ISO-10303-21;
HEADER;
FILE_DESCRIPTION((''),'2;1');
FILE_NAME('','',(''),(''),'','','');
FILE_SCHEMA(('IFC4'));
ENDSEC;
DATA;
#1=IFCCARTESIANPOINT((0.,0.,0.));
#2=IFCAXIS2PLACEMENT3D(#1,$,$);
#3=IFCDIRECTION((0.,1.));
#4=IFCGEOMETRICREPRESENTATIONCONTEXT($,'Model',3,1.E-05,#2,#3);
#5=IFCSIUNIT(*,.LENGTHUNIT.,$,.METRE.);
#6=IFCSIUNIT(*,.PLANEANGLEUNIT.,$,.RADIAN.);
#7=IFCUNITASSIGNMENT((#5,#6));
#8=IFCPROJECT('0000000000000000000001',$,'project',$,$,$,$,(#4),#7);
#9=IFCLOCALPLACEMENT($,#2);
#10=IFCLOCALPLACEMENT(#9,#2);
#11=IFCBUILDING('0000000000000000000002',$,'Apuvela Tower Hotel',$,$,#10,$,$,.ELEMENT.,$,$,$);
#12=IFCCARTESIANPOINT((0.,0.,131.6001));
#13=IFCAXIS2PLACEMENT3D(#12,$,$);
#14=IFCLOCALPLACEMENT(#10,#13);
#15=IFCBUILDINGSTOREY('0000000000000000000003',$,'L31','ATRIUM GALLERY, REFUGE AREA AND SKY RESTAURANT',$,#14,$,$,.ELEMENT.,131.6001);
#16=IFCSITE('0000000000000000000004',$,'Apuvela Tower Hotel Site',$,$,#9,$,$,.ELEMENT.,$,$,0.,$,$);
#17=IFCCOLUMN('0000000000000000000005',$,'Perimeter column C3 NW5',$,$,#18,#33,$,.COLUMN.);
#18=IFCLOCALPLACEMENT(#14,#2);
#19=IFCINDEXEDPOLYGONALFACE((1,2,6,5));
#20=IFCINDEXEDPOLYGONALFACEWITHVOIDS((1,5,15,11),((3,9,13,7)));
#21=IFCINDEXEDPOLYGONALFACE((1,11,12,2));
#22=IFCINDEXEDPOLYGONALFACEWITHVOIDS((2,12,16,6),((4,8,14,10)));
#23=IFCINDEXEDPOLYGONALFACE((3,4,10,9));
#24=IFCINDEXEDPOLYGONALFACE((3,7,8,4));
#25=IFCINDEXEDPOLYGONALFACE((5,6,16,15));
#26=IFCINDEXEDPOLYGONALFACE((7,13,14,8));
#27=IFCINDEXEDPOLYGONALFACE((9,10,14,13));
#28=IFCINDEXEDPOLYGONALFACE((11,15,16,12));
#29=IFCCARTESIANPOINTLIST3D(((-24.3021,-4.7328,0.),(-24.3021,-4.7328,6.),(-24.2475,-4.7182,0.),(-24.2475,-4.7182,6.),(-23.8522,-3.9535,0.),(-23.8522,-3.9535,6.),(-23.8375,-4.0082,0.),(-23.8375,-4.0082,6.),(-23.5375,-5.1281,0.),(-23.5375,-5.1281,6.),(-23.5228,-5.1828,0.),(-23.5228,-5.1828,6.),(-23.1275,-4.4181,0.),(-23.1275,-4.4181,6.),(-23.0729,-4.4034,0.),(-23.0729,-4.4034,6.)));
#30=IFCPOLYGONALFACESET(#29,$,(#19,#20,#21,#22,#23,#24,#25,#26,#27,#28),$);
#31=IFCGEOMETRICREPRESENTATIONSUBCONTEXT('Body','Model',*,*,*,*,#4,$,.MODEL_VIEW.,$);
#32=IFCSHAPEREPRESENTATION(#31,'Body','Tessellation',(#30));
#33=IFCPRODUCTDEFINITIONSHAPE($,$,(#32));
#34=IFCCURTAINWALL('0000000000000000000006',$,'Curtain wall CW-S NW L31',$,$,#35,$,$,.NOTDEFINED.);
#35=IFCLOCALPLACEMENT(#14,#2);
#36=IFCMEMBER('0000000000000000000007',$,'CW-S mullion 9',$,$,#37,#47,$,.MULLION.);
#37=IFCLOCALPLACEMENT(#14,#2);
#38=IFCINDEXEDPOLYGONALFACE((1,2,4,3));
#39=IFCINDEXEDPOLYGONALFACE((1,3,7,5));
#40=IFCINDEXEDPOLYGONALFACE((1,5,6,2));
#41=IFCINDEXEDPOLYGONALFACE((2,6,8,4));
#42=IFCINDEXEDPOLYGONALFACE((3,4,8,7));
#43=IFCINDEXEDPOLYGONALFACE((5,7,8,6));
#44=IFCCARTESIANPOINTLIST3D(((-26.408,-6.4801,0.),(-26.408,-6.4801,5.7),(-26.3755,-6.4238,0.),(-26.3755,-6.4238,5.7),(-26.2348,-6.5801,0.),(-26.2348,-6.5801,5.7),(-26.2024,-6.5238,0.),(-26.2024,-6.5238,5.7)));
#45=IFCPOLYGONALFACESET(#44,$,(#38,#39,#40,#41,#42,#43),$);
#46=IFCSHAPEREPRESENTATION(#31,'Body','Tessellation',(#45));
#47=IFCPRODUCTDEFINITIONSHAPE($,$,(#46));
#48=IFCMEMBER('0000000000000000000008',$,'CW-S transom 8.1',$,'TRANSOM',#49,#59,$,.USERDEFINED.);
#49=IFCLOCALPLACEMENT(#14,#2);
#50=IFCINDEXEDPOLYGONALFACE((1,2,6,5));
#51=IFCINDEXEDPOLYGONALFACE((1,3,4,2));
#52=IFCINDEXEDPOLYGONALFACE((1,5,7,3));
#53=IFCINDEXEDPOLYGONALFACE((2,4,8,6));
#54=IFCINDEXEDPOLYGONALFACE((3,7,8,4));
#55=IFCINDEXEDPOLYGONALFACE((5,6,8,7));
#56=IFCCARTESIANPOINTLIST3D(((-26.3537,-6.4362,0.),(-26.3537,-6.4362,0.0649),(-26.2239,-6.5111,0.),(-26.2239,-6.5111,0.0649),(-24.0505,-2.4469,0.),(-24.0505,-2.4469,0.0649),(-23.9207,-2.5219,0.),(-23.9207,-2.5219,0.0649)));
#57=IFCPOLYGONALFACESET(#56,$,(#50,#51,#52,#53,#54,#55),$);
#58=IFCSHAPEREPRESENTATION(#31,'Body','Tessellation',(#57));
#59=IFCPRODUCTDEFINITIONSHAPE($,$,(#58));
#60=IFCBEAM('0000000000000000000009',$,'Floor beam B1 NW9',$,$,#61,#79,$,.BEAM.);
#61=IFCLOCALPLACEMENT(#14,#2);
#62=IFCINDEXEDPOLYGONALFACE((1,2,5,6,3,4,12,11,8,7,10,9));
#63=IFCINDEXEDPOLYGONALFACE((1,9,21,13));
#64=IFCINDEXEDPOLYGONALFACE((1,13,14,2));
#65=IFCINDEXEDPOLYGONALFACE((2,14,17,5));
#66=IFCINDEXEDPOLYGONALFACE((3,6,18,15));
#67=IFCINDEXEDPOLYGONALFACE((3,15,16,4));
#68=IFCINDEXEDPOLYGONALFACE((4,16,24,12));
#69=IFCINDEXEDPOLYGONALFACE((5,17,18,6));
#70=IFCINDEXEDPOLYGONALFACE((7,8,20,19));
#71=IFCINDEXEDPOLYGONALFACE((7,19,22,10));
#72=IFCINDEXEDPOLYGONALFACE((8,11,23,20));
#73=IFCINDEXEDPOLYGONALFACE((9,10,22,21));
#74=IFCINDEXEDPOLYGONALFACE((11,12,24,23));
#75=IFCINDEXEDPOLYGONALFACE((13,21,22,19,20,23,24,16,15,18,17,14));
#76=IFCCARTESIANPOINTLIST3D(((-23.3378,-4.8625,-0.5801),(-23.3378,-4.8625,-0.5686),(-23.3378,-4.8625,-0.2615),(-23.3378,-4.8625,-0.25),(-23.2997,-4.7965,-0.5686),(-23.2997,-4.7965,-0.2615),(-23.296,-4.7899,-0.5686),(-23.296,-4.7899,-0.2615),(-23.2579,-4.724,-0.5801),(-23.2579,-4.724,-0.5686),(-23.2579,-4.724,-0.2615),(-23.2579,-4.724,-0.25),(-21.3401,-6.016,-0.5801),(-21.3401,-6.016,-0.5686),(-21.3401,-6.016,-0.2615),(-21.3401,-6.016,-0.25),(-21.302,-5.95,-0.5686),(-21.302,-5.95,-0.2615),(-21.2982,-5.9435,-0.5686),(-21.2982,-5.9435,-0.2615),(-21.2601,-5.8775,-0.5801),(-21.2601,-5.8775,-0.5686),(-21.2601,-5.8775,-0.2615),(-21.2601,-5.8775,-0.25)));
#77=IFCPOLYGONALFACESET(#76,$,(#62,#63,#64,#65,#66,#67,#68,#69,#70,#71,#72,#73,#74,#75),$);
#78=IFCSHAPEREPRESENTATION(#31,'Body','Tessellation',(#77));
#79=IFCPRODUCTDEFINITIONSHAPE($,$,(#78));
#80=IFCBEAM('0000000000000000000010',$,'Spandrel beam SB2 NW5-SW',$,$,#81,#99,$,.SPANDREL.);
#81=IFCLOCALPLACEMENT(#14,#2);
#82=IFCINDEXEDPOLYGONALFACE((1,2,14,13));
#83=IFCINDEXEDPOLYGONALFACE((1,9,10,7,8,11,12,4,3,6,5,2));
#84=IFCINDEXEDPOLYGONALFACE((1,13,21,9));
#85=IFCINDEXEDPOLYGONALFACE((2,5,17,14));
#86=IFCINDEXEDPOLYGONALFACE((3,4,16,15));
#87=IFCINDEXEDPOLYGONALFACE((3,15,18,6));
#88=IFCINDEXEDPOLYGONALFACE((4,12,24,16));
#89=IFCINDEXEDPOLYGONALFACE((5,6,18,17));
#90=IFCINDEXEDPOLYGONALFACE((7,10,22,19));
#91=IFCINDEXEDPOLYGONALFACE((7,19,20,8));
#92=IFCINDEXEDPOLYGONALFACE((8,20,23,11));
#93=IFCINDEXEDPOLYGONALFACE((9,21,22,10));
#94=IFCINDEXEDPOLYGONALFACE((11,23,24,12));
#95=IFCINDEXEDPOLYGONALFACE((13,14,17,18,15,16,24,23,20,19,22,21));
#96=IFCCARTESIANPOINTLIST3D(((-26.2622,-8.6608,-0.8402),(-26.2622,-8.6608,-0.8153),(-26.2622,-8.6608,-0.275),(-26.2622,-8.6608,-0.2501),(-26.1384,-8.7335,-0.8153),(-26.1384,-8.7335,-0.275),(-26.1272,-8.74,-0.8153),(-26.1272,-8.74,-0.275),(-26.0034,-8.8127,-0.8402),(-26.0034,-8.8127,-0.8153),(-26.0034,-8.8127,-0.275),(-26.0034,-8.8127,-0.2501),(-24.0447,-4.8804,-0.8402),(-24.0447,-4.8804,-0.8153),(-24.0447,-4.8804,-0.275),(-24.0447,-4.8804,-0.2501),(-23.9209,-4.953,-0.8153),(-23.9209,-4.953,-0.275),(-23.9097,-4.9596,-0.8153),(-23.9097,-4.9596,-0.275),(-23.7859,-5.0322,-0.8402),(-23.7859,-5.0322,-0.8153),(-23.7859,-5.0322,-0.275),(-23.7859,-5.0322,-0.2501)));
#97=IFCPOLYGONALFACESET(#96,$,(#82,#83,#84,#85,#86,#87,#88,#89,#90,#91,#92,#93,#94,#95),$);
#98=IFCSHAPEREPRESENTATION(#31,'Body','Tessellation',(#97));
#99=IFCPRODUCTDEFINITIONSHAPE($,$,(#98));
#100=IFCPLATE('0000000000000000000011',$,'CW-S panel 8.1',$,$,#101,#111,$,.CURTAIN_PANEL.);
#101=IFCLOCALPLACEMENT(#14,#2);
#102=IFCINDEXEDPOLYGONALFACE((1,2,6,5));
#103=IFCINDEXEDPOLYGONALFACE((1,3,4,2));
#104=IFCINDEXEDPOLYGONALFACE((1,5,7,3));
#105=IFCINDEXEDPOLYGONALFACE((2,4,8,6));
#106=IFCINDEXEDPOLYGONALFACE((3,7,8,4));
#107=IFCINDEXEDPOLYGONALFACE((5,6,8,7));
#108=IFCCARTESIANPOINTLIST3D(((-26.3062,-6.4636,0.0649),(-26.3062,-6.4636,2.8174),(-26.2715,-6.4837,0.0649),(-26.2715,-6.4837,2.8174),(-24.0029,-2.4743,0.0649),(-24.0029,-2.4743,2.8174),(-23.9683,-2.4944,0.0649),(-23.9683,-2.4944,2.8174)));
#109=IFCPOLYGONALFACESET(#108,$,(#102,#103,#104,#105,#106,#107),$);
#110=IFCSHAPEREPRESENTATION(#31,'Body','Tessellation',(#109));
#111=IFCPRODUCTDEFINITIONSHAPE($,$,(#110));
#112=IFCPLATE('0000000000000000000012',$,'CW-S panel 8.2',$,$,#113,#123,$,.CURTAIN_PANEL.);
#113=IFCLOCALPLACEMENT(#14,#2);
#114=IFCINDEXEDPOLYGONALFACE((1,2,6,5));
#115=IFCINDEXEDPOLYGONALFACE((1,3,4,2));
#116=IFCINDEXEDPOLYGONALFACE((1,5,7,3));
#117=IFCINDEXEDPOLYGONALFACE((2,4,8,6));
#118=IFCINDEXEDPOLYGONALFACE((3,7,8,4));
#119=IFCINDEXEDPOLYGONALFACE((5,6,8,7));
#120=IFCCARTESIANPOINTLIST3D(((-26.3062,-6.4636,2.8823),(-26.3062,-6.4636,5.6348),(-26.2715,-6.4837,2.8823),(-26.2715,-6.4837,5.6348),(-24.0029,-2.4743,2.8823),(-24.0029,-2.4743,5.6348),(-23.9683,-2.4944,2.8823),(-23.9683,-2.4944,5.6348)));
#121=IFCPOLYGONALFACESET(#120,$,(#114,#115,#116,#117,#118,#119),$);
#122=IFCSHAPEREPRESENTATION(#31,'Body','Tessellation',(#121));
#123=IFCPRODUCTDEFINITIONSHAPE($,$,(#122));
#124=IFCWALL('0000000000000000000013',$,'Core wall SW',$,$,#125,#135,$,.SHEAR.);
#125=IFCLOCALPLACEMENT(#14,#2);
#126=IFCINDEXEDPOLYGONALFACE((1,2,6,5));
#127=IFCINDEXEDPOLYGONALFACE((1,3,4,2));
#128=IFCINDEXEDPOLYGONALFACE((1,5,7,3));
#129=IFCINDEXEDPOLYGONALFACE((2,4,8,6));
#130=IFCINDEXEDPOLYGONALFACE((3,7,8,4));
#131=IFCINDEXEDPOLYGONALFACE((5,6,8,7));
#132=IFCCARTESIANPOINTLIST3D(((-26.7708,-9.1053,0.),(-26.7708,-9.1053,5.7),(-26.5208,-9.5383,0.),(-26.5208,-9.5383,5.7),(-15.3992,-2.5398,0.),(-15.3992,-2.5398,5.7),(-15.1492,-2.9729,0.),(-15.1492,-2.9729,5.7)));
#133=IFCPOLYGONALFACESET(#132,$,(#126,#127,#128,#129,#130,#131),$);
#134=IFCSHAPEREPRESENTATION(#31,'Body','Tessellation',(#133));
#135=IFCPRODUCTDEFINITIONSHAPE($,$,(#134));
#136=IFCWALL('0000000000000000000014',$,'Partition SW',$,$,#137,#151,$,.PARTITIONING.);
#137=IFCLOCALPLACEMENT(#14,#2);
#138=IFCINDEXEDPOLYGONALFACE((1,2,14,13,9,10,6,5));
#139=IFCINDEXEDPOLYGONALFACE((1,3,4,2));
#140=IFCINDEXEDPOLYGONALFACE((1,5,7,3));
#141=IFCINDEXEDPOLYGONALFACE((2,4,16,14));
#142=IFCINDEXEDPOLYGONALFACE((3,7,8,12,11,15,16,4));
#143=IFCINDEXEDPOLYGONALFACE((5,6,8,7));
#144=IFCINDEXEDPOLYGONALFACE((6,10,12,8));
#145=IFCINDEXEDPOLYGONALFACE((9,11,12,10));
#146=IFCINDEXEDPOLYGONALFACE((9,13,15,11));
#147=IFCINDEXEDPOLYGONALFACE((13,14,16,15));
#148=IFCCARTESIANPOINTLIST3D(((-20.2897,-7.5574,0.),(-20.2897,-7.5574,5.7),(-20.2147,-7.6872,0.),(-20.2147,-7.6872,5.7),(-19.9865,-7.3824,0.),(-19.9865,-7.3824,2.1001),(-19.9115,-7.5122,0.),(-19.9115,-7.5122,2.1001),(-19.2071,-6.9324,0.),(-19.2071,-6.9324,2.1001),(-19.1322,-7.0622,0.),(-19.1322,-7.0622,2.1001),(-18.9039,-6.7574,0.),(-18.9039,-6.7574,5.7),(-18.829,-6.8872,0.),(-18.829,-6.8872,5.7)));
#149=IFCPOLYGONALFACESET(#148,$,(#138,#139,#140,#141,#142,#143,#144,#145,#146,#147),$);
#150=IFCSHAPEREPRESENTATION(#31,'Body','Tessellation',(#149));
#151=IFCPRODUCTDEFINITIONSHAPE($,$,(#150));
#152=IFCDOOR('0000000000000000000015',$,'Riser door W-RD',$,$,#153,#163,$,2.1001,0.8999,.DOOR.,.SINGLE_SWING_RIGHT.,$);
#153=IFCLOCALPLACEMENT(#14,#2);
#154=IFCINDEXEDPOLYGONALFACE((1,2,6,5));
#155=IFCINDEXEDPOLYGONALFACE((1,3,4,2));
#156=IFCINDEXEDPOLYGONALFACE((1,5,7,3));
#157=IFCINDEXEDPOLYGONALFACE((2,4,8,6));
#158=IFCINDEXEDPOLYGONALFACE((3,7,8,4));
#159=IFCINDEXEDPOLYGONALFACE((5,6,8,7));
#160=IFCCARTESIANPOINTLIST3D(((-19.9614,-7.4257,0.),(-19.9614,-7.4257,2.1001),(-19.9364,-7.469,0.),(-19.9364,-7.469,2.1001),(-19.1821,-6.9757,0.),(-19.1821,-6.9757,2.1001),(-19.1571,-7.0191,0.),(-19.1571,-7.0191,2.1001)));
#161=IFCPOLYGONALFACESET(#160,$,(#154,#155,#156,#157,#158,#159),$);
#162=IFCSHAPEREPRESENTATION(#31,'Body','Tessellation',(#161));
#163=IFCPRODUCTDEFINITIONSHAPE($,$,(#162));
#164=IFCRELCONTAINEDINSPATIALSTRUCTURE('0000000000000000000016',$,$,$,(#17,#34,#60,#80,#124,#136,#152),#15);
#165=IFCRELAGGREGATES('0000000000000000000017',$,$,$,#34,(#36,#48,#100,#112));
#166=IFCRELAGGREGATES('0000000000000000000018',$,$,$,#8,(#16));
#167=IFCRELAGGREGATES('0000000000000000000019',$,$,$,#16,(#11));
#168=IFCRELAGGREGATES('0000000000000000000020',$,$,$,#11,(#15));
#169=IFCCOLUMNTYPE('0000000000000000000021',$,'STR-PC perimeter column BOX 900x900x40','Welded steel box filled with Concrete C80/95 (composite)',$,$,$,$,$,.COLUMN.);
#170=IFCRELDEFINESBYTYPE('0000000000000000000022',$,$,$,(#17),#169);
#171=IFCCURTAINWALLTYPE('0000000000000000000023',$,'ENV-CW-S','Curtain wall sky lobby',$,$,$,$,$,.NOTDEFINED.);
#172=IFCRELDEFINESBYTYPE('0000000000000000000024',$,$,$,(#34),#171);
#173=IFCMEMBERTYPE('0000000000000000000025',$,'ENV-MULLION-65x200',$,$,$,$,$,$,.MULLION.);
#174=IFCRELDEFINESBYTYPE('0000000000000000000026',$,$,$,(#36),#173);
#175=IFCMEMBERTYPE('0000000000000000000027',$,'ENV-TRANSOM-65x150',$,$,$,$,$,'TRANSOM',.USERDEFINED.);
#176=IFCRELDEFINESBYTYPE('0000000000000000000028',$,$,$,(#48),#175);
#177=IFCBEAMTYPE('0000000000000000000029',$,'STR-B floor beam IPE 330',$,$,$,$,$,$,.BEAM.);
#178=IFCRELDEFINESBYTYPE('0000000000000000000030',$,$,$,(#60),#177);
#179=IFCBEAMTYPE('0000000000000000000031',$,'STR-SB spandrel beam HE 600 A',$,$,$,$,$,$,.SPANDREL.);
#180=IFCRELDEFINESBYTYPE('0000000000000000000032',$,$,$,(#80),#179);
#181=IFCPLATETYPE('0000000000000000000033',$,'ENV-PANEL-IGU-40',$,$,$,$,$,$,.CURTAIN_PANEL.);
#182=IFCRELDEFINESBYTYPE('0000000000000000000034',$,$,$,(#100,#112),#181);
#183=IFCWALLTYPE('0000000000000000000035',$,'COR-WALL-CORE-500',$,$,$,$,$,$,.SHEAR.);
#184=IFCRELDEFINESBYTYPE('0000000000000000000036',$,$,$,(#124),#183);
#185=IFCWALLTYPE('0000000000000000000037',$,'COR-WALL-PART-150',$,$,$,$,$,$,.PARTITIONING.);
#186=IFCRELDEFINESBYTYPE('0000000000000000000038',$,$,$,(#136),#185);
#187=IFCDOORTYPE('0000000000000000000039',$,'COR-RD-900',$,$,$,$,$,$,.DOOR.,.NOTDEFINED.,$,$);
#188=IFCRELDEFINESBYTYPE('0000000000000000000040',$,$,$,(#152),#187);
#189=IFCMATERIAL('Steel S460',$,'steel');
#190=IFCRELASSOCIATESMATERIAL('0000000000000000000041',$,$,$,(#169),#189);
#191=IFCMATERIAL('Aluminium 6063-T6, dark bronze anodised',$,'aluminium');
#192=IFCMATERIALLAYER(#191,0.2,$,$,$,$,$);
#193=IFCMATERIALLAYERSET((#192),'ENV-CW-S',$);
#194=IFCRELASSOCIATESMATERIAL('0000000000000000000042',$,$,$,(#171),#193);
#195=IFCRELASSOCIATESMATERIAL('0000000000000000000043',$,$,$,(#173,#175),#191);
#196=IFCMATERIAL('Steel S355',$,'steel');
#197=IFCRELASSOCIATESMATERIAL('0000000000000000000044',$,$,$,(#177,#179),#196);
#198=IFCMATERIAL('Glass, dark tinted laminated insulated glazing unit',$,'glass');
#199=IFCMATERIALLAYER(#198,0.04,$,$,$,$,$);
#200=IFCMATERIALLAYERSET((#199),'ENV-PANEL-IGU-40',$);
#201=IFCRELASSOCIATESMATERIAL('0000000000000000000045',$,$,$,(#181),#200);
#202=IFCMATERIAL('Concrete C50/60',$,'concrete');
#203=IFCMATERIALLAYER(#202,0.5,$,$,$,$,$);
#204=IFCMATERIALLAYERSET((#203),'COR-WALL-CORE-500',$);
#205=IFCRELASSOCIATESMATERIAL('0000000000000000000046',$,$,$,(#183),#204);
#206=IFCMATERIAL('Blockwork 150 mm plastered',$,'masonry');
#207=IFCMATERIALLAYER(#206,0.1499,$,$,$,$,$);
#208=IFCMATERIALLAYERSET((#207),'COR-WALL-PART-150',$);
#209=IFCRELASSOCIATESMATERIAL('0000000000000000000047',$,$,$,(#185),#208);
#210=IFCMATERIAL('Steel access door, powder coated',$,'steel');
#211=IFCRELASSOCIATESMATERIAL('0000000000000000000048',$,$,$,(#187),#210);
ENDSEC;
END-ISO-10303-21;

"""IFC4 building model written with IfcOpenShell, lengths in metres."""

from ifc_helpers import new_model, si_unit, direction, frame, frame_2d, origin, origin_2d, place, context, subcontext, project, spatial, rectangle, hollow_rectangle, i_section, extrude, material, layer, layer_set, material_profile, profile_set, type_object, element, fill, aggregate, save


model = new_model("IFC4")

# Units and contexts
model_context = context("Model", 3, precision=1e-05, world=origin(), true_north=direction((0.0, 1.0)))
body_context = subcontext(model_context, "Body", "Model", "MODEL_VIEW")
ifc_project = project(units=[si_unit("LENGTHUNIT", "METRE"), si_unit("PLANEANGLEUNIT", "RADIAN")], contexts=[model_context])

# Site, building, storey
site_placement = place(None, origin())
site = spatial("IfcSite", under=ifc_project, at=site_placement, Name="Apuvela Tower Hotel Site", CompositionType="ELEMENT", RefElevation=0.0)
building_placement = place(site_placement, origin())
building = spatial("IfcBuilding", under=site, at=building_placement, Name="Apuvela Tower Hotel", CompositionType="ELEMENT")
storey_placement = place(building_placement, frame((0.0, 0.0, 131.6001)))
storey = spatial("IfcBuildingStorey", under=building, at=storey_placement, Name="L31", Description="ATRIUM GALLERY, REFUGE AREA AND SKY RESTAURANT", CompositionType="ELEMENT", Elevation=131.6001)

# Column
ifc_material_1 = material(Name="Steel S460", Category="steel")
ifc_material_profile_1 = material_profile(ifc_material_1, hollow_rectangle(XDim=0.8999, YDim=0.8999, WallThickness=0.04, at=origin_2d()), Name="BOX 900x900x40")
ifc_material_2 = material(Name="Concrete C80/95", Category="concrete")
ifc_material_profile_2 = material_profile(ifc_material_2, rectangle(XDim=0.8201, YDim=0.8201, at=origin_2d()), Name="Concrete C80/95 infill")
ifc_profile_set_1 = profile_set([ifc_material_profile_1, ifc_material_profile_2], Name="Steel S460")
column_type = type_object("IfcColumnType", Name="STR-PC perimeter column BOX 900x900x40", Description="Welded steel box filled with Concrete C80/95 (composite)", PredefinedType="COLUMN", material=ifc_profile_set_1)
column_placement = place(storey_placement, frame((-23.6875, -4.5681, 0.0), z_axis=(0.0, 0.0, 1.0), x_axis=(0.5, 0.866025, 0.0)))
element("IfcColumn", 1, at=column_placement, inside=storey, type_object=column_type, Name="Perimeter column C3 NW5", PredefinedType="COLUMN", context=body_context, shape_type="SweptSolid", body=[
    extrude(hollow_rectangle(XDim=0.8999, YDim=0.8999, WallThickness=0.04, at=origin_2d()), origin(), (0.0, 0.0, 1.0), 6.0),
])

# Curtain wall, members
ifc_material_3 = material(Name="Aluminium 6063-T6, dark bronze anodised", Category="aluminium")
ifc_layer_1 = layer(ifc_material_3, 0.2)
ifc_layer_set_1 = layer_set([ifc_layer_1], Name="ENV-CW-S")
curtain_wall_type = type_object("IfcCurtainWallType", Name="ENV-CW-S", Description="Curtain wall sky lobby", PredefinedType="NOTDEFINED", material=ifc_layer_set_1)
curtain_wall_placement = place(storey_placement, origin())
curtain_wall = element("IfcCurtainWall", 2, at=curtain_wall_placement, inside=storey, type_object=curtain_wall_type, Name="Curtain wall CW-S NW L31", PredefinedType="NOTDEFINED")
ifc_material_profile_3 = material_profile(ifc_material_3, rectangle(XDim=0.2, YDim=0.0649, at=origin_2d()), Name="AL 65x200")
ifc_profile_set_2 = profile_set([ifc_material_profile_3], Name="Aluminium 6063-T6, dark bronze anodised")
member_type_1 = type_object("IfcMemberType", Name="ENV-MULLION-65x200", PredefinedType="MULLION", material=ifc_profile_set_2)
member_1_placement = place(storey_placement, frame((-26.3052, -6.502, 0.0), z_axis=(0.0, 0.0, 1.0), x_axis=(0.866026, -0.499999, 0.0)))
member_1 = element("IfcMember", 3, at=member_1_placement, type_object=member_type_1, Name="CW-S mullion 9", PredefinedType="MULLION", context=body_context, shape_type="SweptSolid", body=[
    extrude(rectangle(XDim=0.2, YDim=0.0649, at=origin_2d()), origin(), (0.0, 0.0, 1.0), 5.7),
])
ifc_material_profile_4 = material_profile(ifc_material_3, rectangle(XDim=0.1499, YDim=0.0649, at=origin_2d()), Name="AL 65x150 transom")
ifc_profile_set_3 = profile_set([ifc_material_profile_4], Name="Aluminium 6063-T6, dark bronze anodised")
member_type_2 = type_object("IfcMemberType", Name="ENV-TRANSOM-65x150", ElementType="TRANSOM", PredefinedType="USERDEFINED", material=ifc_profile_set_3)
member_2_placement = place(storey_placement, frame((-23.9856, -2.4844, 0.0325), z_axis=(-0.500004, -0.866023, 0.0), x_axis=(0.866023, -0.500004, 0.0)))
member_2 = element("IfcMember", 4, at=member_2_placement, type_object=member_type_2, Name="CW-S transom 8.1", ObjectType="TRANSOM", PredefinedType="USERDEFINED", context=body_context, shape_type="SweptSolid", body=[
    extrude(rectangle(XDim=0.1499, YDim=0.0649, at=origin_2d()), origin(), (0.0, 0.0, 1.0), 4.6064),
])

# Beams
ifc_material_4 = material(Name="Steel S355", Category="steel")
ifc_material_profile_5 = material_profile(ifc_material_4, i_section(OverallWidth=0.1599, OverallDepth=0.3301, WebThickness=0.0076, FlangeThickness=0.0115, at=origin_2d()), Name="IPE 330")
ifc_profile_set_4 = profile_set([ifc_material_profile_5], Name="Steel S355")
beam_type_1 = type_object("IfcBeamType", Name="STR-B floor beam IPE 330", PredefinedType="BEAM", material=ifc_profile_set_4)
beam_1_placement = place(storey_placement, frame((-23.2979, -4.7932, -0.415), z_axis=(0.866001, -0.500043, 0.0), x_axis=(0.500043, 0.866001, 0.0)))
element("IfcBeam", 5, at=beam_1_placement, inside=storey, type_object=beam_type_1, Name="Floor beam B1 NW9", PredefinedType="BEAM", context=body_context, shape_type="SweptSolid", body=[
    extrude(i_section(OverallWidth=0.1599, OverallDepth=0.3301, WebThickness=0.0076, FlangeThickness=0.0115, at=origin_2d()), origin(), (0.0, 0.0, 1.0), 2.3069),
])
ifc_material_profile_6 = material_profile(ifc_material_4, i_section(OverallWidth=0.3, OverallDepth=0.5901, WebThickness=0.0129, FlangeThickness=0.0249, at=origin_2d()), Name="HE 600 A")
ifc_profile_set_5 = profile_set([ifc_material_profile_6], Name="Steel S355")
beam_type_2 = type_object("IfcBeamType", Name="STR-SB spandrel beam HE 600 A", PredefinedType="SPANDREL", material=ifc_profile_set_5)
beam_2_placement = place(storey_placement, frame((-23.9153, -4.9563, -0.5452), z_axis=(-0.505951, -0.862562, 0.0), x_axis=(0.862562, -0.505951, 0.0)))
element("IfcBeam", 6, at=beam_2_placement, inside=storey, type_object=beam_type_2, Name="Spandrel beam SB2 NW5-SW", PredefinedType="SPANDREL", context=body_context, shape_type="SweptSolid", body=[
    extrude(i_section(OverallWidth=0.3, OverallDepth=0.5901, WebThickness=0.0129, FlangeThickness=0.0249, at=origin_2d()), origin(), (0.0, 0.0, 1.0), 4.3828),
])

# Plates
ifc_material_5 = material(Name="Glass, dark tinted laminated insulated glazing unit", Category="glass")
ifc_layer_2 = layer(ifc_material_5, 0.04)
ifc_layer_set_2 = layer_set([ifc_layer_2], Name="ENV-PANEL-IGU-40")
plate_type = type_object("IfcPlateType", Name="ENV-PANEL-IGU-40", PredefinedType="CURTAIN_PANEL", material=ifc_layer_set_2)
plate_1_placement = place(storey_placement, frame((-25.1372, -4.479, 0.0649), z_axis=(0.0, 0.0, 1.0), x_axis=(-0.499999, -0.866026, 0.0)))
plate_1 = element("IfcPlate", 7, at=plate_1_placement, type_object=plate_type, Name="CW-S panel 8.1", PredefinedType="CURTAIN_PANEL", context=body_context, shape_type="SweptSolid", body=[
    extrude(rectangle(XDim=4.6064, YDim=0.04, at=origin_2d()), origin(), (0.0, 0.0, 1.0), 2.7524),
])
plate_2_placement = place(storey_placement, frame((-25.1372, -4.479, 2.8823), z_axis=(0.0, 0.0, 1.0), x_axis=(-0.499999, -0.866026, 0.0)))
plate_2 = element("IfcPlate", 8, at=plate_2_placement, type_object=plate_type, Name="CW-S panel 8.2", PredefinedType="CURTAIN_PANEL", context=body_context, shape_type="SweptSolid", body=[
    extrude(rectangle(XDim=4.6064, YDim=0.04, at=origin_2d()), origin(), (0.0, 0.0, 1.0), 2.7524),
])
aggregate(curtain_wall, [member_1, member_2, plate_1, plate_2])

# Wall
ifc_material_6 = material(Name="Concrete C50/60", Category="concrete")
ifc_layer_3 = layer(ifc_material_6, 0.5)
ifc_layer_set_3 = layer_set([ifc_layer_3], Name="COR-WALL-CORE-500")
wall_type_1 = type_object("IfcWallType", Name="COR-WALL-CORE-500", PredefinedType="SHEAR", material=ifc_layer_set_3)
wall_1_placement = place(storey_placement, frame((-15.2742, -2.7563, 0.0), z_axis=(0.0, 0.0, 1.0), x_axis=(-0.866024, -0.500002, 0.0)))
element("IfcWall", 9, at=wall_1_placement, inside=storey, type_object=wall_type_1, Name="Core wall SW", PredefinedType="SHEAR", context=body_context, shape_type="SweptSolid", body=[
    extrude(rectangle(XDim=13.1309, YDim=0.5, at=frame_2d((6.5654, 0.0))), origin(), (0.0, 0.0, 1.0), 5.7),
])

# Wall, opening, door
ifc_material_7 = material(Name="Blockwork 150 mm plastered", Category="masonry")
ifc_layer_4 = layer(ifc_material_7, 0.1499)
ifc_layer_set_4 = layer_set([ifc_layer_4], Name="COR-WALL-PART-150")
wall_type_2 = type_object("IfcWallType", Name="COR-WALL-PART-150", PredefinedType="PARTITIONING", material=ifc_layer_set_4)
wall_2_placement = place(storey_placement, frame((-18.8665, -6.8223, 0.0), z_axis=(0.0, 0.0, 1.0), x_axis=(-0.866028, -0.499995, 0.0)))
wall_2 = element("IfcWall", 10, at=wall_2_placement, inside=storey, type_object=wall_type_2, Name="Partition SW", PredefinedType="PARTITIONING", context=body_context, shape_type="SweptSolid", body=[
    extrude(rectangle(XDim=1.6001, YDim=0.1499, at=frame_2d((0.8, 0.0))), origin(), (0.0, 0.0, 1.0), 5.7),
])
opening_1_placement = place(wall_2_placement, frame((0.3501, 0.0, 0.0)))
opening_1 = element("IfcOpeningElement", 11, at=opening_1_placement, cuts=wall_2, PredefinedType="OPENING", context=body_context, shape_type="SweptSolid", body=[
    extrude(rectangle(XDim=0.8999, YDim=2.1001, at=frame_2d((0.45, 1.05))), frame((0.0, 0.085, 0.0), z_axis=(0.0, -1.0, 0.0), x_axis=(1.0, 0.0, 0.0)), (0.0, 0.0, 1.0), 0.1699),
])
ifc_material_8 = material(Name="Steel access door, powder coated", Category="steel")
door_type_1 = type_object("IfcDoorType", Name="COR-RD-900", OperationType="NOTDEFINED", PredefinedType="DOOR", material=ifc_material_8)
door_1_placement = place(opening_1_placement, frame((0.8999, 0.0, 0.0), z_axis=(0.0, 0.0, 1.0), x_axis=(-1.0, 0.0, 0.0)))
door_1 = element("IfcDoor", 12, at=door_1_placement, inside=storey, type_object=door_type_1, Name="Riser door W-RD", OperationType="SINGLE_SWING_RIGHT", OverallHeight=2.1001, OverallWidth=0.8999, PredefinedType="DOOR", context=body_context, shape_type="SweptSolid", body=[
    extrude(rectangle(XDim=0.8999, YDim=2.1001, at=frame_2d((0.45, 1.05))), frame((0.0, 0.0249, 0.0), z_axis=(0.0, -1.0, 0.0), x_axis=(1.0, 0.0, 0.0)), (0.0, 0.0, 1.0), 0.05),
])
fill(opening_1, door_1)

save(model, "model.ifc")
